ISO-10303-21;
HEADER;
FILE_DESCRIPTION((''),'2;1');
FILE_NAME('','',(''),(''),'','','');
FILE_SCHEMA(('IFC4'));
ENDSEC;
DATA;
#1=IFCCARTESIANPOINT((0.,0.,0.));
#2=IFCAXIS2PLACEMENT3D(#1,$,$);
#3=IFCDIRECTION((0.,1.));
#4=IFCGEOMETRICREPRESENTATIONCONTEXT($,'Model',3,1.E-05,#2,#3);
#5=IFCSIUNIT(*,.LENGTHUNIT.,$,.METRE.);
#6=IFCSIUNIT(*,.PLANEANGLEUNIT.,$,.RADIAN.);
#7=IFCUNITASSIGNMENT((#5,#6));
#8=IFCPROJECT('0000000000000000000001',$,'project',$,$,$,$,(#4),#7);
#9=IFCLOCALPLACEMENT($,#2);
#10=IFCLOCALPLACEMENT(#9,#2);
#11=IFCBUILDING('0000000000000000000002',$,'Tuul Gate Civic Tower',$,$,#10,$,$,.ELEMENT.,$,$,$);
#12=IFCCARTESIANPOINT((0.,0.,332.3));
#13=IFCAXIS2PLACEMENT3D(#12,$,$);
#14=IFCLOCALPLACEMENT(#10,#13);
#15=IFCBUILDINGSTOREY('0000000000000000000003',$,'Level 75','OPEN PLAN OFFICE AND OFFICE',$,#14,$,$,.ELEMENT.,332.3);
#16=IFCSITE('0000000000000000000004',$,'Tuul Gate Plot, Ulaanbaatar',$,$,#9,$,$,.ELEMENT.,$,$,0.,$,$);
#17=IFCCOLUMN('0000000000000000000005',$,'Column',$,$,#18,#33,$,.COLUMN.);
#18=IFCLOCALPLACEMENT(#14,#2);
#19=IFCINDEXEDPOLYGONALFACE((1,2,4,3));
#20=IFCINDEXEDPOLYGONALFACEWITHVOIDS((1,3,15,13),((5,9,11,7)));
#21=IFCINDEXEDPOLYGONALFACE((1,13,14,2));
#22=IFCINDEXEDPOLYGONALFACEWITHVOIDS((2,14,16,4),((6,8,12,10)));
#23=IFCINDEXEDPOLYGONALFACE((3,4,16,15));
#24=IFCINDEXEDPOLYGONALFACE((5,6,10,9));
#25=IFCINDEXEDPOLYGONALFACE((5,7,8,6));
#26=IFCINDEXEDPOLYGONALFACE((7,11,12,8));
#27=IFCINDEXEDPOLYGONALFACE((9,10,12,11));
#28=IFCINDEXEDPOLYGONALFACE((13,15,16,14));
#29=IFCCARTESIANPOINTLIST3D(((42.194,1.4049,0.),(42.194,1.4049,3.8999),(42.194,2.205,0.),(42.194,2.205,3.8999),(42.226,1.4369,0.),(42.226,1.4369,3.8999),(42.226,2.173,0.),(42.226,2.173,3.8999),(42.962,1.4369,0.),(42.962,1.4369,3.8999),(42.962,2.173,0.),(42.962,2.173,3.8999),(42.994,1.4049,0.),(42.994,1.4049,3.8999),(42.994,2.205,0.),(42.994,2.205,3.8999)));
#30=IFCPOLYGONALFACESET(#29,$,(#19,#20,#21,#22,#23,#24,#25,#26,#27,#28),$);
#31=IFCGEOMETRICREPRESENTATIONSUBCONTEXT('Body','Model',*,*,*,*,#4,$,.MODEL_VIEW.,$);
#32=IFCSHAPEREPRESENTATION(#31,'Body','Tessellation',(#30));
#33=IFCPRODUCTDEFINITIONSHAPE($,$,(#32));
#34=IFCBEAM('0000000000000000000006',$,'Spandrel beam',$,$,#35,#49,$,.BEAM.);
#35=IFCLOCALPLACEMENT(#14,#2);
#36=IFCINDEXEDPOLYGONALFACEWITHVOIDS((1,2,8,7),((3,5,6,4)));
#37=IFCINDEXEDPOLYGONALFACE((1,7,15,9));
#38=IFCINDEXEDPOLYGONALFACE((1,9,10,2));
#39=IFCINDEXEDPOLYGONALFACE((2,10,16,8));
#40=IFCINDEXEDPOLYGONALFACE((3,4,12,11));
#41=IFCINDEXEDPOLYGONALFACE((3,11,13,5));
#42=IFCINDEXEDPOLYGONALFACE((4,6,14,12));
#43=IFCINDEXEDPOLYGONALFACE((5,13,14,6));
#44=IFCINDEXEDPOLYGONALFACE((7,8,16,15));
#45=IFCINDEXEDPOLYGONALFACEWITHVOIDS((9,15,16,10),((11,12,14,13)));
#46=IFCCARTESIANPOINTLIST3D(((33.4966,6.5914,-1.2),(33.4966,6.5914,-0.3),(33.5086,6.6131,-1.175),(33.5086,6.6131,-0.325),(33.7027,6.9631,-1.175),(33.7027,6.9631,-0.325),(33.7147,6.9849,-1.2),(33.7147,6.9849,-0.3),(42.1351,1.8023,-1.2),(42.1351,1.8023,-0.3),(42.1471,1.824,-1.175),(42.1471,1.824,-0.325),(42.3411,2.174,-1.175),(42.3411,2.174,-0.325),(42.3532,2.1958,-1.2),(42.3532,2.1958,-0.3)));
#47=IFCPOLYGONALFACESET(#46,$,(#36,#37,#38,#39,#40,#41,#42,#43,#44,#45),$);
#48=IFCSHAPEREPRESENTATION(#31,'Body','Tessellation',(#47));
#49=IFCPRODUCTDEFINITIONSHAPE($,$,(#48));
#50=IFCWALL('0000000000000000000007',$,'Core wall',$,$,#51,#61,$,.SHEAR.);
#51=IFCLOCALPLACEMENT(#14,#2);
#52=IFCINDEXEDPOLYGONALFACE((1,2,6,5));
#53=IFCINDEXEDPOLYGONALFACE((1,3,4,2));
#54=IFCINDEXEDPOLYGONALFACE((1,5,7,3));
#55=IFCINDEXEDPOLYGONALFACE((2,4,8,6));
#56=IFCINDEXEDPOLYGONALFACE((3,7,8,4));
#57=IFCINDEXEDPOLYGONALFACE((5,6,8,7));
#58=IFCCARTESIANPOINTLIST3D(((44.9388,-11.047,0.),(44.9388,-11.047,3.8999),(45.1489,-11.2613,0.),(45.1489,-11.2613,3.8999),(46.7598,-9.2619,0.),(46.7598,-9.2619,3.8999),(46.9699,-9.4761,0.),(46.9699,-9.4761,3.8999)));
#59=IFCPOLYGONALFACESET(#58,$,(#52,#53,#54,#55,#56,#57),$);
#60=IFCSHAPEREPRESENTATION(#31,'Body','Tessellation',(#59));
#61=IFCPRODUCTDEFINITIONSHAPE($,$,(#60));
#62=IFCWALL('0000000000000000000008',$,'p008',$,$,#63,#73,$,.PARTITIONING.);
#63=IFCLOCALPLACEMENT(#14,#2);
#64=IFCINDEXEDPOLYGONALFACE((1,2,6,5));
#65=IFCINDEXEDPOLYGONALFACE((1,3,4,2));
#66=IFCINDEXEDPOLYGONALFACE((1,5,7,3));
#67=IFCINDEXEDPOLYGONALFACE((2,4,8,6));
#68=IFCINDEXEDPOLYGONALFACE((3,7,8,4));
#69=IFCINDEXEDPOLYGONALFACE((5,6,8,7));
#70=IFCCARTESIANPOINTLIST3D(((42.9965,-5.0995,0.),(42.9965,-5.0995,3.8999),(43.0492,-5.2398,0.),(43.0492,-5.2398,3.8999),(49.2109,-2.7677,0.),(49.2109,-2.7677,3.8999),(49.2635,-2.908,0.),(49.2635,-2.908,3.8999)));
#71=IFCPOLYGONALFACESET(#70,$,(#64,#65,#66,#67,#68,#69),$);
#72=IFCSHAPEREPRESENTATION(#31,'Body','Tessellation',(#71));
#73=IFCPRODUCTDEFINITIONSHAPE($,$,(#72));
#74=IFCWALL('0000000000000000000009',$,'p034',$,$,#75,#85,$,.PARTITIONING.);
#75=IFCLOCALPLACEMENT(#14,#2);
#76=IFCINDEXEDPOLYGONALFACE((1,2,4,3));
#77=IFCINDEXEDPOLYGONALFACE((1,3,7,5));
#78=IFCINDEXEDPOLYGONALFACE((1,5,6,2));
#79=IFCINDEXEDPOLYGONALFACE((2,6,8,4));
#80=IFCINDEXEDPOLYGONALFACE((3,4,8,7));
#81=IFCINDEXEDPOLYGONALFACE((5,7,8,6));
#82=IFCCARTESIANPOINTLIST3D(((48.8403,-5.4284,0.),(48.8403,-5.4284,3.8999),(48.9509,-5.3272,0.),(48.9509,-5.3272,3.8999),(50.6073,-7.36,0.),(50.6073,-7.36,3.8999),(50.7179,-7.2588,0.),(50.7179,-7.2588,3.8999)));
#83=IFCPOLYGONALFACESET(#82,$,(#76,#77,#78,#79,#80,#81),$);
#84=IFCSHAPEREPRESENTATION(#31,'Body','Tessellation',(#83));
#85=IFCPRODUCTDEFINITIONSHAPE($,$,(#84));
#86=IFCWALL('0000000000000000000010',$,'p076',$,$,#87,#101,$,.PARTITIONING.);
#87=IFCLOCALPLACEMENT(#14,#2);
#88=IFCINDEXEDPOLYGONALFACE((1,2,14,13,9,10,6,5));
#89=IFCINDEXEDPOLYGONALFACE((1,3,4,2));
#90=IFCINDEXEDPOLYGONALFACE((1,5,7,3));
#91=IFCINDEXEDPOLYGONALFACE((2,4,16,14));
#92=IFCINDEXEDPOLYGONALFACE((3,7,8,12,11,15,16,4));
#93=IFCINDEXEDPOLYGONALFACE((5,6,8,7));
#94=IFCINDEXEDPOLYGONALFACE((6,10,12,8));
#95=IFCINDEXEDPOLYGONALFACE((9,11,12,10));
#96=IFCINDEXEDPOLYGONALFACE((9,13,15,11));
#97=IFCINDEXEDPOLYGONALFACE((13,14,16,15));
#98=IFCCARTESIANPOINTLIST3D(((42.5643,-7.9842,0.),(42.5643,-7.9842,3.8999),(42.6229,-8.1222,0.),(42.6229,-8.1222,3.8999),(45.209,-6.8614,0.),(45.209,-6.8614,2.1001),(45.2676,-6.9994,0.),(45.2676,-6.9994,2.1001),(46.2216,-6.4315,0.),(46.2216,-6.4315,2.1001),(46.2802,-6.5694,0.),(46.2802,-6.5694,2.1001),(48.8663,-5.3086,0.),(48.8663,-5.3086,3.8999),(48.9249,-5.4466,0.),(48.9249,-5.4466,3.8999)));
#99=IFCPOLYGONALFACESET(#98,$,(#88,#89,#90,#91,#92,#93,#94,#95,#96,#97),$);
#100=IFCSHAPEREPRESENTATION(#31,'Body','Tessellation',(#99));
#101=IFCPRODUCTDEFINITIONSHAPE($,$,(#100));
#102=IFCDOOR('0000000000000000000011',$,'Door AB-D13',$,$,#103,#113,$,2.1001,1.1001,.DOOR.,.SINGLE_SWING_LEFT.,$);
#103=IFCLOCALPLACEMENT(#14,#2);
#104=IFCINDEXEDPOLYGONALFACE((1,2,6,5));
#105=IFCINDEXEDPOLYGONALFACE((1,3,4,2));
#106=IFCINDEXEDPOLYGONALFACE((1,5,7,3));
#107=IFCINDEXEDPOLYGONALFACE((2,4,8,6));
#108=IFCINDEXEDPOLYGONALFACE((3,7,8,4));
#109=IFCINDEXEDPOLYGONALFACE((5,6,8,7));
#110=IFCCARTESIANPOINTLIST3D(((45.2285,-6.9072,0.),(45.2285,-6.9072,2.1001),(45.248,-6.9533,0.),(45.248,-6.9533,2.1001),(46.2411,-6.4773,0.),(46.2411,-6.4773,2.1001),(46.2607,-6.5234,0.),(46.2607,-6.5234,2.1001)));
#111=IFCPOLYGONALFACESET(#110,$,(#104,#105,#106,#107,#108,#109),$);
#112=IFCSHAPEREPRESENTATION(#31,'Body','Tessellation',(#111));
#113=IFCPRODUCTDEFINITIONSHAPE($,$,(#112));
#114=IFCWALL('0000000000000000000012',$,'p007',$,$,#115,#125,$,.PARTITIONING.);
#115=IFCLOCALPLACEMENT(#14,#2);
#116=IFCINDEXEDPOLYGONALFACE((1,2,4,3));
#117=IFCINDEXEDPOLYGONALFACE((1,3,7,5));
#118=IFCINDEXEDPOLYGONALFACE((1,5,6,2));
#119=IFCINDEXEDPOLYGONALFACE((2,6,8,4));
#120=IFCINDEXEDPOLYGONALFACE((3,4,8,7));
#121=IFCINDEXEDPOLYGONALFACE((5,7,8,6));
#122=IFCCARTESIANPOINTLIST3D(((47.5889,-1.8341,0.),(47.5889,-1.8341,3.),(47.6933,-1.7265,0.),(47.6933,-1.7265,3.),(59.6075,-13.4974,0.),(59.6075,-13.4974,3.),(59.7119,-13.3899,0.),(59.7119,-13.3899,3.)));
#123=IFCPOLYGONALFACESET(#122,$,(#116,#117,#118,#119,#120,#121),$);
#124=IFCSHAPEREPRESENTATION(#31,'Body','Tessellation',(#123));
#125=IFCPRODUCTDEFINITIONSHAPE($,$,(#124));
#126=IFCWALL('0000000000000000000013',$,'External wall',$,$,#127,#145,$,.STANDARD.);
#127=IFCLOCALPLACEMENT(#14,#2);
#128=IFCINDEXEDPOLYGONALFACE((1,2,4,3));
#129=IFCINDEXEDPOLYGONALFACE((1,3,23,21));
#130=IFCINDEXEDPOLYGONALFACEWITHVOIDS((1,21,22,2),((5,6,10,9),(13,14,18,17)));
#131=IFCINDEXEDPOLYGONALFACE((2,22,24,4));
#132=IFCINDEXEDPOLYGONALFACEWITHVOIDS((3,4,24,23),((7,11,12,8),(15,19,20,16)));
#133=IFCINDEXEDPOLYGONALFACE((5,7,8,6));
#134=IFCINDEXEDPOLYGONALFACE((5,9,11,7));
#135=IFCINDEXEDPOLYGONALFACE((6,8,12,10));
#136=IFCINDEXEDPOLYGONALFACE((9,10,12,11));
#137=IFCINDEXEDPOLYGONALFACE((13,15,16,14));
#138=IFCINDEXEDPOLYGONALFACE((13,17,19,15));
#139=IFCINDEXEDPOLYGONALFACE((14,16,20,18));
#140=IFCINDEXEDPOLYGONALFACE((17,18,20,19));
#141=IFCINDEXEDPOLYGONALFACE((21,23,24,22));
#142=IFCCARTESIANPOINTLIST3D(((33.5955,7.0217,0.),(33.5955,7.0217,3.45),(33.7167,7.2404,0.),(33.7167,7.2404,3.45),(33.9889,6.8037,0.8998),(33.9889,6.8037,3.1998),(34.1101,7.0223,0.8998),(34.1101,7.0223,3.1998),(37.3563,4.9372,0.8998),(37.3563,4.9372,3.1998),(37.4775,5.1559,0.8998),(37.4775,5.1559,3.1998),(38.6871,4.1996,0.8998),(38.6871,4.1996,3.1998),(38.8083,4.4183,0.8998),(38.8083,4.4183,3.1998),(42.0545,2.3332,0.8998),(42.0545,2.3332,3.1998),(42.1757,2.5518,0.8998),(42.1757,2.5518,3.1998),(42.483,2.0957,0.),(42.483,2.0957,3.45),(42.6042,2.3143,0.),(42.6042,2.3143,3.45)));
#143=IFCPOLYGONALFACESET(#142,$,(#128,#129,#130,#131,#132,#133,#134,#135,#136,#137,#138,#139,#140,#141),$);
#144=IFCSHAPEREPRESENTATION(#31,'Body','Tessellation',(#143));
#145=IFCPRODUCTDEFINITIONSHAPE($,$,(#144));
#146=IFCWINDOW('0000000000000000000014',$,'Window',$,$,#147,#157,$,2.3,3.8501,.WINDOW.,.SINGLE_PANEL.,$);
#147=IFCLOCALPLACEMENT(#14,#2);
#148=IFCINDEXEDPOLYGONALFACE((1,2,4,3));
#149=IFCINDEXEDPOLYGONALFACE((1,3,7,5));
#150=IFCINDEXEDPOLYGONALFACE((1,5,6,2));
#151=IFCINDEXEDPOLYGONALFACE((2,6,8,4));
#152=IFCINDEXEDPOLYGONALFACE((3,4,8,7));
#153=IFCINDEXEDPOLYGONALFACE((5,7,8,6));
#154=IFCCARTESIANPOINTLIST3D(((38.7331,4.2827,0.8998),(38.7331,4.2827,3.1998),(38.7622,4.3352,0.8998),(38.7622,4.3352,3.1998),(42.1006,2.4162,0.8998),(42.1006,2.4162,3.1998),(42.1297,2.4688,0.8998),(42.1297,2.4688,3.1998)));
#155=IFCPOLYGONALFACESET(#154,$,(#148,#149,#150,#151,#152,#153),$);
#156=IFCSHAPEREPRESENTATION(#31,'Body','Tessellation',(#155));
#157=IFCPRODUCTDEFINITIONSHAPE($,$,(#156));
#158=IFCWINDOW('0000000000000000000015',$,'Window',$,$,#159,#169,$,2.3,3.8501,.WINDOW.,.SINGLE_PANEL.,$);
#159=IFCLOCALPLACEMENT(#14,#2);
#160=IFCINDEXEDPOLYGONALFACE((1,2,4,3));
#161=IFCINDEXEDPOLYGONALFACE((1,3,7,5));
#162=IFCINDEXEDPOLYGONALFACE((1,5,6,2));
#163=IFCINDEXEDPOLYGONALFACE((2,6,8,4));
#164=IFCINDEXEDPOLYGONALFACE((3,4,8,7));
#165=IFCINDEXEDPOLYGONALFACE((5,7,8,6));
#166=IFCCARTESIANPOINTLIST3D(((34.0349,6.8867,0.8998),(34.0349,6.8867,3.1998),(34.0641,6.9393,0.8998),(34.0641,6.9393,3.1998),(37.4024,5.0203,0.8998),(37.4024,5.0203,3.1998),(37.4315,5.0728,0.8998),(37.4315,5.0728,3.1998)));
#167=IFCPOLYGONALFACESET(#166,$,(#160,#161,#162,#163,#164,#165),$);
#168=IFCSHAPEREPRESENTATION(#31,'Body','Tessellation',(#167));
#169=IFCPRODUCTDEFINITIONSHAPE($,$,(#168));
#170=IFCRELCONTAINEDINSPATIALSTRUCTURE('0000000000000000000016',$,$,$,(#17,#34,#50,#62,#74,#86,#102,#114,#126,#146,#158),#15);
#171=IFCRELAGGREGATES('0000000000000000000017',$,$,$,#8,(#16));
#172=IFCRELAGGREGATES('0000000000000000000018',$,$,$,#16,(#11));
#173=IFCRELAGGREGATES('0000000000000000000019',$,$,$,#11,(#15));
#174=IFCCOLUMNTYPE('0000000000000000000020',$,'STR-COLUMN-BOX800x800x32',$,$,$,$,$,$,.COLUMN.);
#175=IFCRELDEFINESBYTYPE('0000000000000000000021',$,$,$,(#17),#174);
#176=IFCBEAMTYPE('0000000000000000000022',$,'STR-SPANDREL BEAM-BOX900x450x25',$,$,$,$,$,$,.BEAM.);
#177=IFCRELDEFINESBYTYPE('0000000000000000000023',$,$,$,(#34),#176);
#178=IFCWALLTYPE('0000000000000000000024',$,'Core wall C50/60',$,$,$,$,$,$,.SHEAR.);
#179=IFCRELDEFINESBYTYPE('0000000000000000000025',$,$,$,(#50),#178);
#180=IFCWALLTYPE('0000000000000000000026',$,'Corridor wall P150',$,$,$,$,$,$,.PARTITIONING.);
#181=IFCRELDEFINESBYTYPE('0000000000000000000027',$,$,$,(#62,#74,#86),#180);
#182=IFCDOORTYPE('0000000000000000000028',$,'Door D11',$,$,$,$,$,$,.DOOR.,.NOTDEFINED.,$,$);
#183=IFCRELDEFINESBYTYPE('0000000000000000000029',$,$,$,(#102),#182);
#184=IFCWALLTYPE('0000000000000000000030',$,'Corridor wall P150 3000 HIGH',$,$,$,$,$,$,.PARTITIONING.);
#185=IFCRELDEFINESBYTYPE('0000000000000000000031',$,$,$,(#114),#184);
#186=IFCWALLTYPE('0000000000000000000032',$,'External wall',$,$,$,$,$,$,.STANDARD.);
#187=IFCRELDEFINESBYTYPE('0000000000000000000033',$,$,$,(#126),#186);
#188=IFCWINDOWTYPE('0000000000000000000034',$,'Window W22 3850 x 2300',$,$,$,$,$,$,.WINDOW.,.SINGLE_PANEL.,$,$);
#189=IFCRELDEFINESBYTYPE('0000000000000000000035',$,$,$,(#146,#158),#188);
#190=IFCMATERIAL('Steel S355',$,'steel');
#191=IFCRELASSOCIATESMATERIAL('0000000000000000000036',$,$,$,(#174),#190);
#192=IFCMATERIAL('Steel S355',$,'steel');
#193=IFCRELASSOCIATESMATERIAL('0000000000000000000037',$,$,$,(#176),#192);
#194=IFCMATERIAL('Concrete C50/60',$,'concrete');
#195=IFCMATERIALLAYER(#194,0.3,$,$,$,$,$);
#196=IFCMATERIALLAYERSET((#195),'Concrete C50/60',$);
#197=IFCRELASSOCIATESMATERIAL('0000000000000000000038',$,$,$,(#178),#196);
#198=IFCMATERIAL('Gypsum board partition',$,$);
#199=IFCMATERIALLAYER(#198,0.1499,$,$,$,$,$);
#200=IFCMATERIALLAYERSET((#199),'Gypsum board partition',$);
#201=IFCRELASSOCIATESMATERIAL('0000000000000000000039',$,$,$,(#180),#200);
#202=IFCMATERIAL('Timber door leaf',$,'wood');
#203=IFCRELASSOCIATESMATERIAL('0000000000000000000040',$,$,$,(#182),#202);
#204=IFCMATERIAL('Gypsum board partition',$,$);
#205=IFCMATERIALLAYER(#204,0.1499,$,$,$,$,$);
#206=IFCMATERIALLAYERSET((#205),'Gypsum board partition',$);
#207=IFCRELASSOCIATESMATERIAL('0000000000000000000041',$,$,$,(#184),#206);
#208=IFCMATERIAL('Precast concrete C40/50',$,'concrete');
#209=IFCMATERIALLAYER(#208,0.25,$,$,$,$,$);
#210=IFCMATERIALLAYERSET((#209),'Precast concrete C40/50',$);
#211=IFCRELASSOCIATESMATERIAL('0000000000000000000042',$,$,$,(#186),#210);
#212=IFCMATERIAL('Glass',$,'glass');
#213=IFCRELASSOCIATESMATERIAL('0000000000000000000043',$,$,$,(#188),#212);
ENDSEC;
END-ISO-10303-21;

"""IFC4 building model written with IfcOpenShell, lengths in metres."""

from ifc_helpers import new_model, si_unit, direction, frame, frame_2d, origin, origin_2d, place, context, subcontext, project, spatial, rectangle, hollow_rectangle, extrude, material, layer, layer_set, material_profile, profile_set, type_object, element, fill, save


model = new_model("IFC4")

# Units and contexts
model_context = context("Model", 3, precision=1e-05, world=origin(), true_north=direction((0.0, 1.0)))
body_context = subcontext(model_context, "Body", "Model", "MODEL_VIEW")
ifc_project = project(units=[si_unit("LENGTHUNIT", "METRE"), si_unit("PLANEANGLEUNIT", "RADIAN")], contexts=[model_context])

# Site, building, storey
site_placement = place(None, origin())
site = spatial("IfcSite", under=ifc_project, at=site_placement, Name="Tuul Gate Plot, Ulaanbaatar", CompositionType="ELEMENT", RefElevation=0.0)
building_placement = place(site_placement, origin())
building = spatial("IfcBuilding", under=site, at=building_placement, Name="Tuul Gate Civic Tower", CompositionType="ELEMENT")
storey_placement = place(building_placement, frame((0.0, 0.0, 332.3)))
storey = spatial("IfcBuildingStorey", under=building, at=storey_placement, Name="Level 75", Description="OPEN PLAN OFFICE AND OFFICE", CompositionType="ELEMENT", Elevation=332.3)

# Column
ifc_material_1 = material(Name="Steel S355", Category="steel")
ifc_material_profile_1 = material_profile(ifc_material_1, hollow_rectangle(XDim=0.8, YDim=0.8, WallThickness=0.032, at=origin_2d()), Name="BOX800x800x32")
ifc_profile_set_1 = profile_set([ifc_material_profile_1], Name="Steel S355")
column_type = type_object("IfcColumnType", Name="STR-COLUMN-BOX800x800x32", PredefinedType="COLUMN", material=ifc_profile_set_1)
column_placement = place(storey_placement, frame((42.594, 1.8049, 0.0), z_axis=(0.0, 0.0, 1.0), x_axis=(1.0, 0.0, 0.0)))
element("IfcColumn", 1, at=column_placement, inside=storey, type_object=column_type, Name="Column", PredefinedType="COLUMN", context=body_context, shape_type="SweptSolid", body=[
    extrude(hollow_rectangle(XDim=0.8, YDim=0.8, WallThickness=0.032, at=origin_2d()), origin(), (0.0, 0.0, 1.0), 3.8999),
])

# Beam
ifc_material_2 = material(Name="Steel S355", Category="steel")
ifc_material_profile_2 = material_profile(ifc_material_2, hollow_rectangle(XDim=0.45, YDim=0.8999, WallThickness=0.0249, at=origin_2d()), Name="BOX900x450x25")
ifc_profile_set_2 = profile_set([ifc_material_profile_2], Name="Steel S355")
beam_type = type_object("IfcBeamType", Name="STR-SPANDREL BEAM-BOX900x450x25", PredefinedType="BEAM", material=ifc_profile_set_2)
beam_placement = place(storey_placement, frame((42.2441, 1.999, -0.75), z_axis=(-0.874589, 0.484864, 0.0), x_axis=(-0.484864, -0.874589, 0.0)))
element("IfcBeam", 2, at=beam_placement, inside=storey, type_object=beam_type, Name="Spandrel beam", PredefinedType="BEAM", context=body_context, shape_type="SweptSolid", body=[
    extrude(hollow_rectangle(XDim=0.45, YDim=0.8999, WallThickness=0.0249, at=origin_2d()), origin(), (0.0, 0.0, 1.0), 9.8772),
])

# Walls
ifc_material_3 = material(Name="Concrete C50/60", Category="concrete")
ifc_layer_1 = layer(ifc_material_3, 0.3)
ifc_layer_set_1 = layer_set([ifc_layer_1], Name="Concrete C50/60")
wall_type_1 = type_object("IfcWallType", Name="Core wall C50/60", PredefinedType="SHEAR", material=ifc_layer_set_1)
wall_1_placement = place(storey_placement, frame((45.0439, -11.1541, 0.0), z_axis=(0.0, 0.0, 1.0), x_axis=(0.714108, 0.700035, 0.0)))
element("IfcWall", 3, at=wall_1_placement, inside=storey, type_object=wall_type_1, Name="Core wall", PredefinedType="SHEAR", context=body_context, shape_type="SweptSolid", body=[
    extrude(rectangle(XDim=2.55, YDim=0.3, at=frame_2d((1.2749, 0.0))), origin(), (0.0, 0.0, 1.0), 3.8999),
])
ifc_material_4 = material(Name="Gypsum board partition")
ifc_layer_2 = layer(ifc_material_4, 0.1499)
ifc_layer_set_2 = layer_set([ifc_layer_2], Name="Gypsum board partition")
wall_type_2 = type_object("IfcWallType", Name="Corridor wall P150", PredefinedType="PARTITIONING", material=ifc_layer_set_2)
wall_2_placement = place(storey_placement, frame((43.0227, -5.1697, 0.0), z_axis=(0.0, 0.0, 1.0), x_axis=(0.93626, 0.351309, 0.0)))
element("IfcWall", 4, at=wall_2_placement, inside=storey, type_object=wall_type_2, Name="p008", PredefinedType="PARTITIONING", context=body_context, shape_type="SweptSolid", body=[
    extrude(rectangle(XDim=6.6375, YDim=0.1499, at=frame_2d((3.3188, 0.0))), origin(), (0.0, 0.0, 1.0), 3.8999),
])
wall_3_placement = place(storey_placement, frame((48.8955, -5.3777, 0.0), z_axis=(0.0, 0.0, 1.0), x_axis=(0.674981, -0.737835, 0.0)))
element("IfcWall", 5, at=wall_3_placement, inside=storey, type_object=wall_type_2, Name="p034", PredefinedType="PARTITIONING", context=body_context, shape_type="SweptSolid", body=[
    extrude(rectangle(XDim=2.6179, YDim=0.1499, at=frame_2d((1.3091, 0.0))), origin(), (0.0, 0.0, 1.0), 3.8999),
])

# Wall, opening, door
wall_4_placement = place(storey_placement, frame((42.5935, -8.0532, 0.0), z_axis=(0.0, 0.0, 1.0), x_axis=(0.920479, 0.390793, 0.0)))
wall_4 = element("IfcWall", 6, at=wall_4_placement, inside=storey, type_object=wall_type_2, Name="p076", PredefinedType="PARTITIONING", context=body_context, shape_type="SweptSolid", body=[
    extrude(rectangle(XDim=6.8464, YDim=0.1499, at=frame_2d((3.4233, 0.0))), origin(), (0.0, 0.0, 1.0), 3.8999),
])
opening_1_placement = place(wall_4_placement, frame((2.8733, 0.0, 0.0)))
opening_1 = element("IfcOpeningElement", 7, at=opening_1_placement, cuts=wall_4, PredefinedType="OPENING", context=body_context, shape_type="SweptSolid", body=[
    extrude(rectangle(XDim=1.1001, YDim=2.1001, at=frame_2d((0.55, 1.05))), frame((0.0, 0.085, 0.0), z_axis=(0.0, -1.0, 0.0), x_axis=(1.0, 0.0, 0.0)), (0.0, 0.0, 1.0), 0.1699),
])
ifc_material_5 = material(Name="Timber door leaf", Category="wood")
door_type = type_object("IfcDoorType", Name="Door D11", OperationType="NOTDEFINED", PredefinedType="DOOR", material=ifc_material_5)
door_placement = place(opening_1_placement, frame((1.1001, 0.0, 0.0), z_axis=(0.0, 0.0, 1.0), x_axis=(-1.0, 0.0, 0.0)))
door = element("IfcDoor", 8, at=door_placement, inside=storey, type_object=door_type, Name="Door AB-D13", OperationType="SINGLE_SWING_LEFT", OverallHeight=2.1001, OverallWidth=1.1001, PredefinedType="DOOR", context=body_context, shape_type="SweptSolid", body=[
    extrude(rectangle(XDim=1.1001, YDim=2.1001, at=frame_2d((0.55, 1.05))), frame((0.0, 0.0249, 0.0), z_axis=(0.0, -1.0, 0.0), x_axis=(1.0, 0.0, 0.0)), (0.0, 0.0, 1.0), 0.05),
])
fill(opening_1, door)

# Wall
ifc_material_6 = material(Name="Gypsum board partition")
ifc_layer_3 = layer(ifc_material_6, 0.1499)
ifc_layer_set_3 = layer_set([ifc_layer_3], Name="Gypsum board partition")
wall_type_3 = type_object("IfcWallType", Name="Corridor wall P150 3000 HIGH", PredefinedType="PARTITIONING", material=ifc_layer_set_3)
wall_5_placement = place(storey_placement, frame((47.6411, -1.7803, 0.0), z_axis=(0.0, 0.0, 1.0), x_axis=(0.717633, -0.696422, 0.0)))
element("IfcWall", 9, at=wall_5_placement, inside=storey, type_object=wall_type_3, Name="p007", PredefinedType="PARTITIONING", context=body_context, shape_type="SweptSolid", body=[
    extrude(rectangle(XDim=16.7476, YDim=0.1499, at=frame_2d((8.3738, 0.0))), origin(), (0.0, 0.0, 1.0), 3.0),
])

# Wall, openings, windows
ifc_material_7 = material(Name="Precast concrete C40/50", Category="concrete")
ifc_layer_4 = layer(ifc_material_7, 0.25)
ifc_layer_set_4 = layer_set([ifc_layer_4], Name="Precast concrete C40/50")
wall_type_4 = type_object("IfcWallType", Name="External wall", PredefinedType="STANDARD", material=ifc_layer_set_4)
wall_6_placement = place(storey_placement, frame((42.5435, 2.2051, 0.0), z_axis=(0.0, 0.0, 1.0), x_axis=(-0.874635, 0.484782, 0.0)))
wall_6 = element("IfcWall", 10, at=wall_6_placement, inside=storey, type_object=wall_type_4, Name="External wall", PredefinedType="STANDARD", context=body_context, shape_type="SweptSolid", body=[
    extrude(rectangle(XDim=10.1614, YDim=0.25, at=frame_2d((5.0806, 0.0))), origin(), (0.0, 0.0, 1.0), 3.45),
])
opening_2_placement = place(wall_6_placement, frame((0.4897, 0.0, 0.8999)))
opening_2 = element("IfcOpeningElement", 11, at=opening_2_placement, cuts=wall_6, PredefinedType="OPENING", context=body_context, shape_type="SweptSolid", body=[
    extrude(rectangle(XDim=3.8501, YDim=2.3, at=frame_2d((1.925, 1.1499))), frame((0.0, 0.135, 0.0), z_axis=(0.0, -1.0, 0.0), x_axis=(1.0, 0.0, 0.0)), (0.0, 0.0, 1.0), 0.27),
])
opening_3_placement = place(wall_6_placement, frame((5.8613, 0.0, 0.8999)))
opening_3 = element("IfcOpeningElement", 12, at=opening_3_placement, cuts=wall_6, PredefinedType="OPENING", context=body_context, shape_type="SweptSolid", body=[
    extrude(rectangle(XDim=3.8501, YDim=2.3, at=frame_2d((1.925, 1.1499))), frame((0.0, 0.135, 0.0), z_axis=(0.0, -1.0, 0.0), x_axis=(1.0, 0.0, 0.0)), (0.0, 0.0, 1.0), 0.27),
])
ifc_material_8 = material(Name="Glass", Category="glass")
window_type = type_object("IfcWindowType", Name="Window W22 3850 x 2300", PartitioningType="SINGLE_PANEL", PredefinedType="WINDOW", material=ifc_material_8)
window_1_placement = place(opening_2_placement, origin())
window_1 = element("IfcWindow", 13, at=window_1_placement, inside=storey, type_object=window_type, Name="Window", OverallHeight=2.3, OverallWidth=3.8501, PartitioningType="SINGLE_PANEL", PredefinedType="WINDOW", context=body_context, shape_type="SweptSolid", body=[
    extrude(rectangle(XDim=3.8501, YDim=2.3, at=frame_2d((1.925, 1.1499))), frame((0.0, 0.03, 0.0), z_axis=(0.0, -1.0, 0.0), x_axis=(1.0, 0.0, 0.0)), (0.0, 0.0, 1.0), 0.0601),
])
fill(opening_2, window_1)
window_2_placement = place(opening_3_placement, origin())
window_2 = element("IfcWindow", 14, at=window_2_placement, inside=storey, type_object=window_type, Name="Window", OverallHeight=2.3, OverallWidth=3.8501, PartitioningType="SINGLE_PANEL", PredefinedType="WINDOW", context=body_context, shape_type="SweptSolid", body=[
    extrude(rectangle(XDim=3.8501, YDim=2.3, at=frame_2d((1.925, 1.1499))), frame((0.0, 0.03, 0.0), z_axis=(0.0, -1.0, 0.0), x_axis=(1.0, 0.0, 0.0)), (0.0, 0.0, 1.0), 0.0601),
])
fill(opening_3, window_2)

save(model, "model.ifc")
